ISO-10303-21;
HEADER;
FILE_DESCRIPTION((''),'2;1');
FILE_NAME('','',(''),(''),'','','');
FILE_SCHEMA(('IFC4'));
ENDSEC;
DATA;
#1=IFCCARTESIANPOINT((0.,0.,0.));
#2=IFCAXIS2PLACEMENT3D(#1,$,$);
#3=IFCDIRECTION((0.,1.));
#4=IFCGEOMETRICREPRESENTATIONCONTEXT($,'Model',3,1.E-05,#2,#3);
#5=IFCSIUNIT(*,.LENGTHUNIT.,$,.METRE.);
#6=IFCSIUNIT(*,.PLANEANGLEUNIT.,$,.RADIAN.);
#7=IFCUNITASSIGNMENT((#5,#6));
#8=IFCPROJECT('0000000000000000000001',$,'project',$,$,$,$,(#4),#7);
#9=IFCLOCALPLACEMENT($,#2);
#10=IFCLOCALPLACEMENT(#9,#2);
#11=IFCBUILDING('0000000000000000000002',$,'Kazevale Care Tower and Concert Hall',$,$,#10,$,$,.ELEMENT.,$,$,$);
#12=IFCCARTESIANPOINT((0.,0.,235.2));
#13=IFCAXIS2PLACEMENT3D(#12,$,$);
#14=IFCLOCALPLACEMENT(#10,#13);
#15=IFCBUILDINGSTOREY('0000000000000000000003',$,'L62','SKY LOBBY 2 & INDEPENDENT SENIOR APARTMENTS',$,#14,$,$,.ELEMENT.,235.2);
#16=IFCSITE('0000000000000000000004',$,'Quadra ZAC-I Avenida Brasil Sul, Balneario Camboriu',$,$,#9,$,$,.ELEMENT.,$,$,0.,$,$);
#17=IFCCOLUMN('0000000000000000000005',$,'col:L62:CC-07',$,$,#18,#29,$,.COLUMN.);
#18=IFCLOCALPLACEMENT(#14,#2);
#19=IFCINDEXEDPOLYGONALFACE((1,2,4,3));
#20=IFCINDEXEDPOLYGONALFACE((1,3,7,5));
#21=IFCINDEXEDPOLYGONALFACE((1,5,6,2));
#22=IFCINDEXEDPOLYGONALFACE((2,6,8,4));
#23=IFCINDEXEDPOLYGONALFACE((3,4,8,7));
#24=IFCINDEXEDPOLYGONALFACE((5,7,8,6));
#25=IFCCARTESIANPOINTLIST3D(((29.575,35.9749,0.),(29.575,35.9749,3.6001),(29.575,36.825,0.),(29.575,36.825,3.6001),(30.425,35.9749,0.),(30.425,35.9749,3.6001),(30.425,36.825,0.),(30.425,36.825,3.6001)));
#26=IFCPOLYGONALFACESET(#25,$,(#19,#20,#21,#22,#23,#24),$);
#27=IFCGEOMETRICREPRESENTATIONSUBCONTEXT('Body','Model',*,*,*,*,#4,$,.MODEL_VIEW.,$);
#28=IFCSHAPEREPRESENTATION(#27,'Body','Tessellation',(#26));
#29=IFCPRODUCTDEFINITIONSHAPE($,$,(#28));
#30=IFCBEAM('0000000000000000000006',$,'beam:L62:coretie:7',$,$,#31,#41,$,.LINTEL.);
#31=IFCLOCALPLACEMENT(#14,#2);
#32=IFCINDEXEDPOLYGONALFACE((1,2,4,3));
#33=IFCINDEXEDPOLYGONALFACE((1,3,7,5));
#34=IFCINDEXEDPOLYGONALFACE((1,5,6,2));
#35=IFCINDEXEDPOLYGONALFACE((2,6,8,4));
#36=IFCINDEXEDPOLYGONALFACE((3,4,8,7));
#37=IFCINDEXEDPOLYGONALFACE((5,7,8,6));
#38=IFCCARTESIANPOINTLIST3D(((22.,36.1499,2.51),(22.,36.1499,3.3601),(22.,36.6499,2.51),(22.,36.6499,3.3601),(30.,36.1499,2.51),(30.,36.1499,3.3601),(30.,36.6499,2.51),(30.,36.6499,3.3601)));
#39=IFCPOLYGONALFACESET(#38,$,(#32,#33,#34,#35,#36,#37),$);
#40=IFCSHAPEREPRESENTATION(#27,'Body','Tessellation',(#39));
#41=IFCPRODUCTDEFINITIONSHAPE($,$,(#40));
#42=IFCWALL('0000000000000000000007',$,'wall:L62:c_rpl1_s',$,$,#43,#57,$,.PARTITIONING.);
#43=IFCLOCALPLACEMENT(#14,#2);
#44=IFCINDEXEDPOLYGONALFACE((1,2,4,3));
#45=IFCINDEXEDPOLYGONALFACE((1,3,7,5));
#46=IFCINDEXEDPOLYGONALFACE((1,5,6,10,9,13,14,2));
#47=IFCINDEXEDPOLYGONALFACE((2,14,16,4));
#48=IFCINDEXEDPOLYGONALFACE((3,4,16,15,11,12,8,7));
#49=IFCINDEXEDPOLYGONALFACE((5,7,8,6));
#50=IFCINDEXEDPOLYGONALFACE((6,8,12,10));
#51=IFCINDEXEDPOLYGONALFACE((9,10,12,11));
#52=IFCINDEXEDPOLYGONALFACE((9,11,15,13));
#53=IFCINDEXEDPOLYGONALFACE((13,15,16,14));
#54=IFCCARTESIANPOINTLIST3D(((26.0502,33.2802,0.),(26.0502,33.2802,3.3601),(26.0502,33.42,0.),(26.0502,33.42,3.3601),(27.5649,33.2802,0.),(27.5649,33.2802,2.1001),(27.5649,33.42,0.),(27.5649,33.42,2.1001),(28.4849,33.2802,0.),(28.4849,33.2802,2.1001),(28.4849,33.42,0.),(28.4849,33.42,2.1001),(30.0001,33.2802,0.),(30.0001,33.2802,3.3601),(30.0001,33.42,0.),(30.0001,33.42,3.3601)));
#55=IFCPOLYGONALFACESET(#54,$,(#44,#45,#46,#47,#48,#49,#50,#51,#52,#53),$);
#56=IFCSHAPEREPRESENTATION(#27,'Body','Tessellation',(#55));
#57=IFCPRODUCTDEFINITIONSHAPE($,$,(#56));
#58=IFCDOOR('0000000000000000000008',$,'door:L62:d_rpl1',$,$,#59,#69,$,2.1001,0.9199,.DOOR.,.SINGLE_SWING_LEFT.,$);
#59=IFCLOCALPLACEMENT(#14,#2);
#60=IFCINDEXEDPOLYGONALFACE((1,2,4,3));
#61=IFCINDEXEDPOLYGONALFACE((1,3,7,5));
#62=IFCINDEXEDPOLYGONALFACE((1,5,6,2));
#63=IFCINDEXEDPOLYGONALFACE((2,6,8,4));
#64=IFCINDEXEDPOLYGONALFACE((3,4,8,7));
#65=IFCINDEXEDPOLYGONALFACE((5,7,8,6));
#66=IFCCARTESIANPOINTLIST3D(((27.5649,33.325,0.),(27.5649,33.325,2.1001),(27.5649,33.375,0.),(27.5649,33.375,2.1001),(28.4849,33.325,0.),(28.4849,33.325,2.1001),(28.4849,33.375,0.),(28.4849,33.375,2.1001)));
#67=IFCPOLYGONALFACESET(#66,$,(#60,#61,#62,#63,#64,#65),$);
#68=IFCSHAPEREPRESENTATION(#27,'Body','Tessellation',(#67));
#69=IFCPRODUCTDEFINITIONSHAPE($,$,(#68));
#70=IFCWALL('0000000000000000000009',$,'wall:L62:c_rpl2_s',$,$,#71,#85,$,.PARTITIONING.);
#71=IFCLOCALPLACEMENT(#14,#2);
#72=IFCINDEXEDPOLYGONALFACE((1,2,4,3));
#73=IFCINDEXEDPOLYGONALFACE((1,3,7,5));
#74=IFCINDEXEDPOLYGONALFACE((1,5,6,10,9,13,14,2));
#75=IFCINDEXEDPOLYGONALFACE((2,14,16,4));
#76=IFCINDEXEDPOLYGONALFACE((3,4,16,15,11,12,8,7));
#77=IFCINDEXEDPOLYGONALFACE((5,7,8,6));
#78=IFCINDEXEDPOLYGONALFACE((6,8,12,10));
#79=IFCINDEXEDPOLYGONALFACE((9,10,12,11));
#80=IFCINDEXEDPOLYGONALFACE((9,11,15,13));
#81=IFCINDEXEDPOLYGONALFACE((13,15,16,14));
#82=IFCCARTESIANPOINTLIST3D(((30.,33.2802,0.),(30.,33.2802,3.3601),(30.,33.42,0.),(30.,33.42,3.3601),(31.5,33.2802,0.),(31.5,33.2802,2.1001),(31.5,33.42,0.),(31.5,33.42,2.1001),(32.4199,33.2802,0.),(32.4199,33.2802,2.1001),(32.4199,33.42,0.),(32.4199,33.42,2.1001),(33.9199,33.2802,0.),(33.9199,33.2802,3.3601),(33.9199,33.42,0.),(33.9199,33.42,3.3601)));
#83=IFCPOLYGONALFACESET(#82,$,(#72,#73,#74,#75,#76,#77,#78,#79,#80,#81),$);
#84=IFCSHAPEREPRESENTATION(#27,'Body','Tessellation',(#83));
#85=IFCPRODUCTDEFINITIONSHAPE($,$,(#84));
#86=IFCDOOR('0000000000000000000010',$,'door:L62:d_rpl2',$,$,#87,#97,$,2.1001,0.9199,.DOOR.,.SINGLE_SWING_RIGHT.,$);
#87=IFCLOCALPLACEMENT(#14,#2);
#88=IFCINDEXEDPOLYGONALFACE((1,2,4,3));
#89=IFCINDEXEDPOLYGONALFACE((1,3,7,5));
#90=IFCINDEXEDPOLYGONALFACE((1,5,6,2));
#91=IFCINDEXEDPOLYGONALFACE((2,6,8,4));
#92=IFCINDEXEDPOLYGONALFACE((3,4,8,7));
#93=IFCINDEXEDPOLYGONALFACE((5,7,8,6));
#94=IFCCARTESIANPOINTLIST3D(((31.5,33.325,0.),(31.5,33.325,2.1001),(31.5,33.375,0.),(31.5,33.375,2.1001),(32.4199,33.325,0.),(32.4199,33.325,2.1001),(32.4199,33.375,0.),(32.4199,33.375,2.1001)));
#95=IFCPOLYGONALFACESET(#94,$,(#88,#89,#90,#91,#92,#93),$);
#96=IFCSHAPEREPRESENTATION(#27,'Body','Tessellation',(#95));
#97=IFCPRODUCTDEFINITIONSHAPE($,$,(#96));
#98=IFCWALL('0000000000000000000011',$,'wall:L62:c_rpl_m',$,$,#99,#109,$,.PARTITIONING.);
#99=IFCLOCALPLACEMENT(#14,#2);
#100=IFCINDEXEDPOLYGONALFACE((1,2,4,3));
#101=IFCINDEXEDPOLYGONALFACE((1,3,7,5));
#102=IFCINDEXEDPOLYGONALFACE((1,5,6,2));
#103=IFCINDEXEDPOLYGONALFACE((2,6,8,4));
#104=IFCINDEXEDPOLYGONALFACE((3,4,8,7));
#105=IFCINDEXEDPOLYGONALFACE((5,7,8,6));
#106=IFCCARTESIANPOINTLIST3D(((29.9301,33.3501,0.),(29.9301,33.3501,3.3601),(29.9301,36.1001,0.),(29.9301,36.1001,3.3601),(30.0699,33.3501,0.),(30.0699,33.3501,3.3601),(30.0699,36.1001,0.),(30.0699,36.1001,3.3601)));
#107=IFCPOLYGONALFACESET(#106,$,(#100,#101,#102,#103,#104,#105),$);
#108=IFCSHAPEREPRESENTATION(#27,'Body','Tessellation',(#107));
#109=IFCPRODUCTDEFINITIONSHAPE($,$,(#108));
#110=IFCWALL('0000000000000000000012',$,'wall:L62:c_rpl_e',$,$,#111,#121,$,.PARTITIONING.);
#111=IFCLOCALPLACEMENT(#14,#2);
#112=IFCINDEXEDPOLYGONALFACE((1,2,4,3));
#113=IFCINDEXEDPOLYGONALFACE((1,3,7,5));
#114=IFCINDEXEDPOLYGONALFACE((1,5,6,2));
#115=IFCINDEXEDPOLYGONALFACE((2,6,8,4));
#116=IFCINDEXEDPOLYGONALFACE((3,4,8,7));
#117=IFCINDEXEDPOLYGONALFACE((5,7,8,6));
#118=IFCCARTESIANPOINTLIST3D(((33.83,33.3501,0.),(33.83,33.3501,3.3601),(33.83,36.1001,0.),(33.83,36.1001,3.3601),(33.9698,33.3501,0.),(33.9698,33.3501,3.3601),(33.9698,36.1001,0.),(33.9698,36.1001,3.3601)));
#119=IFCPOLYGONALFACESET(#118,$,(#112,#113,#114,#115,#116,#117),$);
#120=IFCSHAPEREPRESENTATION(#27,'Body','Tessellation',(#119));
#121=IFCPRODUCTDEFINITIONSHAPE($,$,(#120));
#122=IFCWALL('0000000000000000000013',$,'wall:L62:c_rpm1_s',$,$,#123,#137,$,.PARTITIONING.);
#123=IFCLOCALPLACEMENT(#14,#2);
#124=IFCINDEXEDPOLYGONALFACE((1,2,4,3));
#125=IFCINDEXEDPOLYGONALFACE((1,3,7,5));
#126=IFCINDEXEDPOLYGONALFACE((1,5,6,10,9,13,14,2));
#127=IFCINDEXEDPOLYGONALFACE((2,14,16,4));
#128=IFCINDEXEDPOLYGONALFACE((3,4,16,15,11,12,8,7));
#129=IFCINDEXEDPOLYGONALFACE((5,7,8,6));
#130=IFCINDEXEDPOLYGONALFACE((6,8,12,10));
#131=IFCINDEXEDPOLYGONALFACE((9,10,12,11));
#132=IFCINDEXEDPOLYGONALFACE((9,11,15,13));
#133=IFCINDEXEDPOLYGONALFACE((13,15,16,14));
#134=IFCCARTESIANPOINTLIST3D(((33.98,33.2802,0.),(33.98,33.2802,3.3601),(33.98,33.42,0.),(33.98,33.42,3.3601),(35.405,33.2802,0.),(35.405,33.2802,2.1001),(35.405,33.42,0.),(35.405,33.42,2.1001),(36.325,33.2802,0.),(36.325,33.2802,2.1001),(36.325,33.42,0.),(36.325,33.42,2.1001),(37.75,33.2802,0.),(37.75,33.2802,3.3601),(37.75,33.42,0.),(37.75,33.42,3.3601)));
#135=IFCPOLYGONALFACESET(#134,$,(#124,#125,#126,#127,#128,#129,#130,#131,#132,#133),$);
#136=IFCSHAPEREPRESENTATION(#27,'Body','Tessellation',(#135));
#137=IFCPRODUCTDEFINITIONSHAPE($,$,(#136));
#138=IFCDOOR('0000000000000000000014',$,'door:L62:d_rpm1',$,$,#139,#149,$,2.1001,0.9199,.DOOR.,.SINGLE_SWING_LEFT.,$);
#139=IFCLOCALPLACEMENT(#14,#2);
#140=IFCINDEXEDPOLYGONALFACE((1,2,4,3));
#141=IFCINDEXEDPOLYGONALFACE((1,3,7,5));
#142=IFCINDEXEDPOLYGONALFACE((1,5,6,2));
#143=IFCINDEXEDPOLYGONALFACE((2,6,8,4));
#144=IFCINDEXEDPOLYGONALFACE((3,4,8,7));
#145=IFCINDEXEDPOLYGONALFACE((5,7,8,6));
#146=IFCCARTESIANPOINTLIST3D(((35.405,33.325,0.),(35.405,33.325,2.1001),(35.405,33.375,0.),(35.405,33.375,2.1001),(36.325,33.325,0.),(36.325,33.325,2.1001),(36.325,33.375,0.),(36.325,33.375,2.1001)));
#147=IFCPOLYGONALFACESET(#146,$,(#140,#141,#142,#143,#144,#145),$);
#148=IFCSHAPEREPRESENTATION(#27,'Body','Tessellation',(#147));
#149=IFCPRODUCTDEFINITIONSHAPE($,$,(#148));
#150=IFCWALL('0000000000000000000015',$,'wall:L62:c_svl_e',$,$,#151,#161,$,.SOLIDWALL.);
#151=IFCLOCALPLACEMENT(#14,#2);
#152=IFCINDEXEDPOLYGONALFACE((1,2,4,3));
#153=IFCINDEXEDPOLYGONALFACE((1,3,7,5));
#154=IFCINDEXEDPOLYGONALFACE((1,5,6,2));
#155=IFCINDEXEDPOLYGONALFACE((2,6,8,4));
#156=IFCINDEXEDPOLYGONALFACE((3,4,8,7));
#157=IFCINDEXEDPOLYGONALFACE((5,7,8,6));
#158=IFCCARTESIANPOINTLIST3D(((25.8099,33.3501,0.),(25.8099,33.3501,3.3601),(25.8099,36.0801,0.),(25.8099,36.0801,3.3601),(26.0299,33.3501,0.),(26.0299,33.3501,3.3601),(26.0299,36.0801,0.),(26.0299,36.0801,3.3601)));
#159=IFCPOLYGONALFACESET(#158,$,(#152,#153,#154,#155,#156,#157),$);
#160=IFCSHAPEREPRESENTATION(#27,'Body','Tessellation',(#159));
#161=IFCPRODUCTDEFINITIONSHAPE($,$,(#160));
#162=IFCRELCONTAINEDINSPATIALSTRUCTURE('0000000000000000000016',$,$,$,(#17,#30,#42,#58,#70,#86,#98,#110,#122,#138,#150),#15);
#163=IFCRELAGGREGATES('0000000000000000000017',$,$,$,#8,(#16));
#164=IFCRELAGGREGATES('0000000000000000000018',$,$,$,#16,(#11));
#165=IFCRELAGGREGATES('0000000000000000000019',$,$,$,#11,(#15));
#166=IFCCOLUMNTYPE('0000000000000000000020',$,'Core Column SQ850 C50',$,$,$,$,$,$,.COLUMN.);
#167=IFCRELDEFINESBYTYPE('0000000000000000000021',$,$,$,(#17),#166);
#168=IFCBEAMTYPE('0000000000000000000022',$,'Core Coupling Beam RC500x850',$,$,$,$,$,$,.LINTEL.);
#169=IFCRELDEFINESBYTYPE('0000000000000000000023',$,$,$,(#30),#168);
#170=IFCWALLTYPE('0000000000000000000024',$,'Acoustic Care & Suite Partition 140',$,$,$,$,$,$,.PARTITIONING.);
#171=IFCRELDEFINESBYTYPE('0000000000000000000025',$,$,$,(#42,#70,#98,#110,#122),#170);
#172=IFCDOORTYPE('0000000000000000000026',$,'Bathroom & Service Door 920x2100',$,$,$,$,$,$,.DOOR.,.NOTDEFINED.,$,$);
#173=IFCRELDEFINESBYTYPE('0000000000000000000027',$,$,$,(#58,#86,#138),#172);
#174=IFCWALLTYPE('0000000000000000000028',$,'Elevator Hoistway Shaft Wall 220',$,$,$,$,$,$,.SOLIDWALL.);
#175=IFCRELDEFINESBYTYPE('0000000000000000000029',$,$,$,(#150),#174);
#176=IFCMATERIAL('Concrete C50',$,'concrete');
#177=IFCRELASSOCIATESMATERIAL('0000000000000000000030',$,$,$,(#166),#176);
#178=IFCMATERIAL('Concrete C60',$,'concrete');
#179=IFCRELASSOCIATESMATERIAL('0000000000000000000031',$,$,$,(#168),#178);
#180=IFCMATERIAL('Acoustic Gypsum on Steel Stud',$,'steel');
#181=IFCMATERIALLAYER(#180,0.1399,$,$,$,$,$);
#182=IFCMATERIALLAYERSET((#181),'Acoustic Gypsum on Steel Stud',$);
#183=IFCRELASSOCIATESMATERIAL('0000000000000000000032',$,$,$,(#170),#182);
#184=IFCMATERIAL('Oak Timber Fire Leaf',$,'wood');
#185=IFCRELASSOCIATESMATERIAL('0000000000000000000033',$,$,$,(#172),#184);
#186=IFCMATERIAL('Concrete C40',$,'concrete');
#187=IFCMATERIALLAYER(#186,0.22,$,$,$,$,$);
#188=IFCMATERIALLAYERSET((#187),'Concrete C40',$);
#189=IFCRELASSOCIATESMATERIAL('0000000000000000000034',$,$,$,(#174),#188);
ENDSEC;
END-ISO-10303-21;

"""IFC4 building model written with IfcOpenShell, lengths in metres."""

from ifc_helpers import new_model, si_unit, direction, frame, frame_2d, origin, origin_2d, place, context, subcontext, project, spatial, rectangle, extrude, material, layer, layer_set, material_profile, profile_set, type_object, element, fill, save


model = new_model("IFC4")

# Units and contexts
model_context = context("Model", 3, precision=1e-05, world=origin(), true_north=direction((0.0, 1.0)))
body_context = subcontext(model_context, "Body", "Model", "MODEL_VIEW")
ifc_project = project(units=[si_unit("LENGTHUNIT", "METRE"), si_unit("PLANEANGLEUNIT", "RADIAN")], contexts=[model_context])

# Site, building, storey
site_placement = place(None, origin())
site = spatial("IfcSite", under=ifc_project, at=site_placement, Name="Quadra ZAC-I Avenida Brasil Sul, Balneario Camboriu", CompositionType="ELEMENT", RefElevation=0.0)
building_placement = place(site_placement, origin())
building = spatial("IfcBuilding", under=site, at=building_placement, Name="Kazevale Care Tower and Concert Hall", CompositionType="ELEMENT")
storey_placement = place(building_placement, frame((0.0, 0.0, 235.2)))
storey = spatial("IfcBuildingStorey", under=building, at=storey_placement, Name="L62", Description="SKY LOBBY 2 & INDEPENDENT SENIOR APARTMENTS", CompositionType="ELEMENT", Elevation=235.2)

# Column
ifc_material_1 = material(Name="Concrete C50", Category="concrete")
ifc_material_profile_1 = material_profile(ifc_material_1, rectangle(XDim=0.8501, YDim=0.8501, at=origin_2d()), Name="RC-SQ850")
ifc_profile_set_1 = profile_set([ifc_material_profile_1], Name="Concrete C50")
column_type = type_object("IfcColumnType", Name="Core Column SQ850 C50", PredefinedType="COLUMN", material=ifc_profile_set_1)
column_placement = place(storey_placement, frame((30.0, 36.3999, 0.0), z_axis=(0.0, 0.0, 1.0), x_axis=(1.0, 0.0, 0.0)))
element("IfcColumn", 1, at=column_placement, inside=storey, type_object=column_type, Name="col:L62:CC-07", PredefinedType="COLUMN", context=body_context, shape_type="SweptSolid", body=[
    extrude(rectangle(XDim=0.8501, YDim=0.8501, at=origin_2d()), origin(), (0.0, 0.0, 1.0), 3.6001),
])

# Beam
ifc_material_2 = material(Name="Concrete C60", Category="concrete")
ifc_material_profile_2 = material_profile(ifc_material_2, rectangle(XDim=0.5, YDim=0.8501, at=origin_2d()), Name="RC-B500x850")
ifc_profile_set_2 = profile_set([ifc_material_profile_2], Name="Concrete C60")
beam_type = type_object("IfcBeamType", Name="Core Coupling Beam RC500x850", PredefinedType="LINTEL", material=ifc_profile_set_2)
beam_placement = place(storey_placement, frame((30.0, 36.3999, 2.9351), z_axis=(-1.0, 0.0, 0.0), x_axis=(0.0, -1.0, 0.0)))
element("IfcBeam", 2, at=beam_placement, inside=storey, type_object=beam_type, Name="beam:L62:coretie:7", PredefinedType="LINTEL", context=body_context, shape_type="SweptSolid", body=[
    extrude(rectangle(XDim=0.5, YDim=0.8501, at=origin_2d()), origin(), (0.0, 0.0, 1.0), 8.0),
])

# Walls, openings, doors
ifc_material_3 = material(Name="Acoustic Gypsum on Steel Stud", Category="steel")
ifc_layer_1 = layer(ifc_material_3, 0.1399)
ifc_layer_set_1 = layer_set([ifc_layer_1], Name="Acoustic Gypsum on Steel Stud")
wall_type_1 = type_object("IfcWallType", Name="Acoustic Care & Suite Partition 140", PredefinedType="PARTITIONING", material=ifc_layer_set_1)
wall_1_placement = place(storey_placement, frame((26.05, 33.3501, 0.0), z_axis=(0.0, 0.0, 1.0), x_axis=(1.0, 0.0, 0.0)))
wall_1 = element("IfcWall", 3, at=wall_1_placement, inside=storey, type_object=wall_type_1, Name="wall:L62:c_rpl1_s", PredefinedType="PARTITIONING", context=body_context, shape_type="SweptSolid", body=[
    extrude(rectangle(XDim=3.95, YDim=0.1399, at=frame_2d((1.9751, 0.0))), origin(), (0.0, 0.0, 1.0), 3.3601),
])
opening_1_placement = place(wall_1_placement, frame((1.5149, 0.0, 0.0)))
opening_1 = element("IfcOpeningElement", 4, at=opening_1_placement, cuts=wall_1, PredefinedType="OPENING", context=body_context, shape_type="SweptSolid", body=[
    extrude(rectangle(XDim=0.9199, YDim=2.1001, at=frame_2d((0.46, 1.05))), frame((0.0, 0.0798, 0.0), z_axis=(0.0, -1.0, 0.0), x_axis=(1.0, 0.0, 0.0)), (0.0, 0.0, 1.0), 0.1599),
])
ifc_material_4 = material(Name="Oak Timber Fire Leaf", Category="wood")
door_type_1 = type_object("IfcDoorType", Name="Bathroom & Service Door 920x2100", OperationType="NOTDEFINED", PredefinedType="DOOR", material=ifc_material_4)
door_1_placement = place(opening_1_placement, origin())
door_1 = element("IfcDoor", 5, at=door_1_placement, inside=storey, type_object=door_type_1, Name="door:L62:d_rpl1", OperationType="SINGLE_SWING_LEFT", OverallHeight=2.1001, OverallWidth=0.9199, PredefinedType="DOOR", context=body_context, shape_type="SweptSolid", body=[
    extrude(rectangle(XDim=0.9199, YDim=2.1001, at=frame_2d((0.46, 1.05))), frame((0.0, 0.0249, 0.0), z_axis=(0.0, -1.0, 0.0), x_axis=(1.0, 0.0, 0.0)), (0.0, 0.0, 1.0), 0.05),
])
fill(opening_1, door_1)
wall_2_placement = place(storey_placement, frame((30.0, 33.3501, 0.0), z_axis=(0.0, 0.0, 1.0), x_axis=(1.0, 0.0, 0.0)))
wall_2 = element("IfcWall", 6, at=wall_2_placement, inside=storey, type_object=wall_type_1, Name="wall:L62:c_rpl2_s", PredefinedType="PARTITIONING", context=body_context, shape_type="SweptSolid", body=[
    extrude(rectangle(XDim=3.9199, YDim=0.1399, at=frame_2d((1.96, 0.0))), origin(), (0.0, 0.0, 1.0), 3.3601),
])
opening_2_placement = place(wall_2_placement, frame((1.5, 0.0, 0.0)))
opening_2 = element("IfcOpeningElement", 7, at=opening_2_placement, cuts=wall_2, PredefinedType="OPENING", context=body_context, shape_type="SweptSolid", body=[
    extrude(rectangle(XDim=0.9199, YDim=2.1001, at=frame_2d((0.46, 1.05))), frame((0.0, 0.0798, 0.0), z_axis=(0.0, -1.0, 0.0), x_axis=(1.0, 0.0, 0.0)), (0.0, 0.0, 1.0), 0.1599),
])
door_2_placement = place(opening_2_placement, origin())
door_2 = element("IfcDoor", 8, at=door_2_placement, inside=storey, type_object=door_type_1, Name="door:L62:d_rpl2", OperationType="SINGLE_SWING_RIGHT", OverallHeight=2.1001, OverallWidth=0.9199, PredefinedType="DOOR", context=body_context, shape_type="SweptSolid", body=[
    extrude(rectangle(XDim=0.9199, YDim=2.1001, at=frame_2d((0.46, 1.05))), frame((0.0, 0.0249, 0.0), z_axis=(0.0, -1.0, 0.0), x_axis=(1.0, 0.0, 0.0)), (0.0, 0.0, 1.0), 0.05),
])
fill(opening_2, door_2)

# Walls
for number, where, z_axis, x_axis, name in (
    (9, (30.0, 33.3501, 0.0), (0.0, 0.0, 1.0), (0.0, 1.0, 0.0), "wall:L62:c_rpl_m"),
    (10, (33.8999, 33.3501, 0.0), (0.0, 0.0, 1.0), (0.0, 1.0, 0.0), "wall:L62:c_rpl_e"),
):
    element("IfcWall", number, at=place(storey_placement, frame(where, z_axis=z_axis, x_axis=x_axis)), inside=storey, type_object=wall_type_1, Name=name, PredefinedType="PARTITIONING", context=body_context, shape_type="SweptSolid", body=[
        extrude(rectangle(XDim=2.75, YDim=0.1399, at=frame_2d((1.375, 0.0))), origin(), (0.0, 0.0, 1.0), 3.3601),
    ])

# Wall, opening, door
wall_3_placement = place(storey_placement, frame((33.98, 33.3501, 0.0), z_axis=(0.0, 0.0, 1.0), x_axis=(1.0, 0.0, 0.0)))
wall_3 = element("IfcWall", 11, at=wall_3_placement, inside=storey, type_object=wall_type_1, Name="wall:L62:c_rpm1_s", PredefinedType="PARTITIONING", context=body_context, shape_type="SweptSolid", body=[
    extrude(rectangle(XDim=3.77, YDim=0.1399, at=frame_2d((1.885, 0.0))), origin(), (0.0, 0.0, 1.0), 3.3601),
])
opening_3_placement = place(wall_3_placement, frame((1.425, 0.0, 0.0)))
opening_3 = element("IfcOpeningElement", 12, at=opening_3_placement, cuts=wall_3, PredefinedType="OPENING", context=body_context, shape_type="SweptSolid", body=[
    extrude(rectangle(XDim=0.9199, YDim=2.1001, at=frame_2d((0.46, 1.05))), frame((0.0, 0.0798, 0.0), z_axis=(0.0, -1.0, 0.0), x_axis=(1.0, 0.0, 0.0)), (0.0, 0.0, 1.0), 0.1599),
])
door_3_placement = place(opening_3_placement, origin())
door_3 = element("IfcDoor", 13, at=door_3_placement, inside=storey, type_object=door_type_1, Name="door:L62:d_rpm1", OperationType="SINGLE_SWING_LEFT", OverallHeight=2.1001, OverallWidth=0.9199, PredefinedType="DOOR", context=body_context, shape_type="SweptSolid", body=[
    extrude(rectangle(XDim=0.9199, YDim=2.1001, at=frame_2d((0.46, 1.05))), frame((0.0, 0.0249, 0.0), z_axis=(0.0, -1.0, 0.0), x_axis=(1.0, 0.0, 0.0)), (0.0, 0.0, 1.0), 0.05),
])
fill(opening_3, door_3)

# Wall
ifc_material_5 = material(Name="Concrete C40", Category="concrete")
ifc_layer_2 = layer(ifc_material_5, 0.22)
ifc_layer_set_2 = layer_set([ifc_layer_2], Name="Concrete C40")
wall_type_2 = type_object("IfcWallType", Name="Elevator Hoistway Shaft Wall 220", PredefinedType="SOLIDWALL", material=ifc_layer_set_2)
wall_4_placement = place(storey_placement, frame((25.9199, 33.3501, 0.0), z_axis=(0.0, 0.0, 1.0), x_axis=(0.0, 1.0, 0.0)))
element("IfcWall", 14, at=wall_4_placement, inside=storey, type_object=wall_type_2, Name="wall:L62:c_svl_e", PredefinedType="SOLIDWALL", context=body_context, shape_type="SweptSolid", body=[
    extrude(rectangle(XDim=2.73, YDim=0.22, at=frame_2d((1.365, 0.0))), origin(), (0.0, 0.0, 1.0), 3.3601),
])

save(model, "model.ifc")
